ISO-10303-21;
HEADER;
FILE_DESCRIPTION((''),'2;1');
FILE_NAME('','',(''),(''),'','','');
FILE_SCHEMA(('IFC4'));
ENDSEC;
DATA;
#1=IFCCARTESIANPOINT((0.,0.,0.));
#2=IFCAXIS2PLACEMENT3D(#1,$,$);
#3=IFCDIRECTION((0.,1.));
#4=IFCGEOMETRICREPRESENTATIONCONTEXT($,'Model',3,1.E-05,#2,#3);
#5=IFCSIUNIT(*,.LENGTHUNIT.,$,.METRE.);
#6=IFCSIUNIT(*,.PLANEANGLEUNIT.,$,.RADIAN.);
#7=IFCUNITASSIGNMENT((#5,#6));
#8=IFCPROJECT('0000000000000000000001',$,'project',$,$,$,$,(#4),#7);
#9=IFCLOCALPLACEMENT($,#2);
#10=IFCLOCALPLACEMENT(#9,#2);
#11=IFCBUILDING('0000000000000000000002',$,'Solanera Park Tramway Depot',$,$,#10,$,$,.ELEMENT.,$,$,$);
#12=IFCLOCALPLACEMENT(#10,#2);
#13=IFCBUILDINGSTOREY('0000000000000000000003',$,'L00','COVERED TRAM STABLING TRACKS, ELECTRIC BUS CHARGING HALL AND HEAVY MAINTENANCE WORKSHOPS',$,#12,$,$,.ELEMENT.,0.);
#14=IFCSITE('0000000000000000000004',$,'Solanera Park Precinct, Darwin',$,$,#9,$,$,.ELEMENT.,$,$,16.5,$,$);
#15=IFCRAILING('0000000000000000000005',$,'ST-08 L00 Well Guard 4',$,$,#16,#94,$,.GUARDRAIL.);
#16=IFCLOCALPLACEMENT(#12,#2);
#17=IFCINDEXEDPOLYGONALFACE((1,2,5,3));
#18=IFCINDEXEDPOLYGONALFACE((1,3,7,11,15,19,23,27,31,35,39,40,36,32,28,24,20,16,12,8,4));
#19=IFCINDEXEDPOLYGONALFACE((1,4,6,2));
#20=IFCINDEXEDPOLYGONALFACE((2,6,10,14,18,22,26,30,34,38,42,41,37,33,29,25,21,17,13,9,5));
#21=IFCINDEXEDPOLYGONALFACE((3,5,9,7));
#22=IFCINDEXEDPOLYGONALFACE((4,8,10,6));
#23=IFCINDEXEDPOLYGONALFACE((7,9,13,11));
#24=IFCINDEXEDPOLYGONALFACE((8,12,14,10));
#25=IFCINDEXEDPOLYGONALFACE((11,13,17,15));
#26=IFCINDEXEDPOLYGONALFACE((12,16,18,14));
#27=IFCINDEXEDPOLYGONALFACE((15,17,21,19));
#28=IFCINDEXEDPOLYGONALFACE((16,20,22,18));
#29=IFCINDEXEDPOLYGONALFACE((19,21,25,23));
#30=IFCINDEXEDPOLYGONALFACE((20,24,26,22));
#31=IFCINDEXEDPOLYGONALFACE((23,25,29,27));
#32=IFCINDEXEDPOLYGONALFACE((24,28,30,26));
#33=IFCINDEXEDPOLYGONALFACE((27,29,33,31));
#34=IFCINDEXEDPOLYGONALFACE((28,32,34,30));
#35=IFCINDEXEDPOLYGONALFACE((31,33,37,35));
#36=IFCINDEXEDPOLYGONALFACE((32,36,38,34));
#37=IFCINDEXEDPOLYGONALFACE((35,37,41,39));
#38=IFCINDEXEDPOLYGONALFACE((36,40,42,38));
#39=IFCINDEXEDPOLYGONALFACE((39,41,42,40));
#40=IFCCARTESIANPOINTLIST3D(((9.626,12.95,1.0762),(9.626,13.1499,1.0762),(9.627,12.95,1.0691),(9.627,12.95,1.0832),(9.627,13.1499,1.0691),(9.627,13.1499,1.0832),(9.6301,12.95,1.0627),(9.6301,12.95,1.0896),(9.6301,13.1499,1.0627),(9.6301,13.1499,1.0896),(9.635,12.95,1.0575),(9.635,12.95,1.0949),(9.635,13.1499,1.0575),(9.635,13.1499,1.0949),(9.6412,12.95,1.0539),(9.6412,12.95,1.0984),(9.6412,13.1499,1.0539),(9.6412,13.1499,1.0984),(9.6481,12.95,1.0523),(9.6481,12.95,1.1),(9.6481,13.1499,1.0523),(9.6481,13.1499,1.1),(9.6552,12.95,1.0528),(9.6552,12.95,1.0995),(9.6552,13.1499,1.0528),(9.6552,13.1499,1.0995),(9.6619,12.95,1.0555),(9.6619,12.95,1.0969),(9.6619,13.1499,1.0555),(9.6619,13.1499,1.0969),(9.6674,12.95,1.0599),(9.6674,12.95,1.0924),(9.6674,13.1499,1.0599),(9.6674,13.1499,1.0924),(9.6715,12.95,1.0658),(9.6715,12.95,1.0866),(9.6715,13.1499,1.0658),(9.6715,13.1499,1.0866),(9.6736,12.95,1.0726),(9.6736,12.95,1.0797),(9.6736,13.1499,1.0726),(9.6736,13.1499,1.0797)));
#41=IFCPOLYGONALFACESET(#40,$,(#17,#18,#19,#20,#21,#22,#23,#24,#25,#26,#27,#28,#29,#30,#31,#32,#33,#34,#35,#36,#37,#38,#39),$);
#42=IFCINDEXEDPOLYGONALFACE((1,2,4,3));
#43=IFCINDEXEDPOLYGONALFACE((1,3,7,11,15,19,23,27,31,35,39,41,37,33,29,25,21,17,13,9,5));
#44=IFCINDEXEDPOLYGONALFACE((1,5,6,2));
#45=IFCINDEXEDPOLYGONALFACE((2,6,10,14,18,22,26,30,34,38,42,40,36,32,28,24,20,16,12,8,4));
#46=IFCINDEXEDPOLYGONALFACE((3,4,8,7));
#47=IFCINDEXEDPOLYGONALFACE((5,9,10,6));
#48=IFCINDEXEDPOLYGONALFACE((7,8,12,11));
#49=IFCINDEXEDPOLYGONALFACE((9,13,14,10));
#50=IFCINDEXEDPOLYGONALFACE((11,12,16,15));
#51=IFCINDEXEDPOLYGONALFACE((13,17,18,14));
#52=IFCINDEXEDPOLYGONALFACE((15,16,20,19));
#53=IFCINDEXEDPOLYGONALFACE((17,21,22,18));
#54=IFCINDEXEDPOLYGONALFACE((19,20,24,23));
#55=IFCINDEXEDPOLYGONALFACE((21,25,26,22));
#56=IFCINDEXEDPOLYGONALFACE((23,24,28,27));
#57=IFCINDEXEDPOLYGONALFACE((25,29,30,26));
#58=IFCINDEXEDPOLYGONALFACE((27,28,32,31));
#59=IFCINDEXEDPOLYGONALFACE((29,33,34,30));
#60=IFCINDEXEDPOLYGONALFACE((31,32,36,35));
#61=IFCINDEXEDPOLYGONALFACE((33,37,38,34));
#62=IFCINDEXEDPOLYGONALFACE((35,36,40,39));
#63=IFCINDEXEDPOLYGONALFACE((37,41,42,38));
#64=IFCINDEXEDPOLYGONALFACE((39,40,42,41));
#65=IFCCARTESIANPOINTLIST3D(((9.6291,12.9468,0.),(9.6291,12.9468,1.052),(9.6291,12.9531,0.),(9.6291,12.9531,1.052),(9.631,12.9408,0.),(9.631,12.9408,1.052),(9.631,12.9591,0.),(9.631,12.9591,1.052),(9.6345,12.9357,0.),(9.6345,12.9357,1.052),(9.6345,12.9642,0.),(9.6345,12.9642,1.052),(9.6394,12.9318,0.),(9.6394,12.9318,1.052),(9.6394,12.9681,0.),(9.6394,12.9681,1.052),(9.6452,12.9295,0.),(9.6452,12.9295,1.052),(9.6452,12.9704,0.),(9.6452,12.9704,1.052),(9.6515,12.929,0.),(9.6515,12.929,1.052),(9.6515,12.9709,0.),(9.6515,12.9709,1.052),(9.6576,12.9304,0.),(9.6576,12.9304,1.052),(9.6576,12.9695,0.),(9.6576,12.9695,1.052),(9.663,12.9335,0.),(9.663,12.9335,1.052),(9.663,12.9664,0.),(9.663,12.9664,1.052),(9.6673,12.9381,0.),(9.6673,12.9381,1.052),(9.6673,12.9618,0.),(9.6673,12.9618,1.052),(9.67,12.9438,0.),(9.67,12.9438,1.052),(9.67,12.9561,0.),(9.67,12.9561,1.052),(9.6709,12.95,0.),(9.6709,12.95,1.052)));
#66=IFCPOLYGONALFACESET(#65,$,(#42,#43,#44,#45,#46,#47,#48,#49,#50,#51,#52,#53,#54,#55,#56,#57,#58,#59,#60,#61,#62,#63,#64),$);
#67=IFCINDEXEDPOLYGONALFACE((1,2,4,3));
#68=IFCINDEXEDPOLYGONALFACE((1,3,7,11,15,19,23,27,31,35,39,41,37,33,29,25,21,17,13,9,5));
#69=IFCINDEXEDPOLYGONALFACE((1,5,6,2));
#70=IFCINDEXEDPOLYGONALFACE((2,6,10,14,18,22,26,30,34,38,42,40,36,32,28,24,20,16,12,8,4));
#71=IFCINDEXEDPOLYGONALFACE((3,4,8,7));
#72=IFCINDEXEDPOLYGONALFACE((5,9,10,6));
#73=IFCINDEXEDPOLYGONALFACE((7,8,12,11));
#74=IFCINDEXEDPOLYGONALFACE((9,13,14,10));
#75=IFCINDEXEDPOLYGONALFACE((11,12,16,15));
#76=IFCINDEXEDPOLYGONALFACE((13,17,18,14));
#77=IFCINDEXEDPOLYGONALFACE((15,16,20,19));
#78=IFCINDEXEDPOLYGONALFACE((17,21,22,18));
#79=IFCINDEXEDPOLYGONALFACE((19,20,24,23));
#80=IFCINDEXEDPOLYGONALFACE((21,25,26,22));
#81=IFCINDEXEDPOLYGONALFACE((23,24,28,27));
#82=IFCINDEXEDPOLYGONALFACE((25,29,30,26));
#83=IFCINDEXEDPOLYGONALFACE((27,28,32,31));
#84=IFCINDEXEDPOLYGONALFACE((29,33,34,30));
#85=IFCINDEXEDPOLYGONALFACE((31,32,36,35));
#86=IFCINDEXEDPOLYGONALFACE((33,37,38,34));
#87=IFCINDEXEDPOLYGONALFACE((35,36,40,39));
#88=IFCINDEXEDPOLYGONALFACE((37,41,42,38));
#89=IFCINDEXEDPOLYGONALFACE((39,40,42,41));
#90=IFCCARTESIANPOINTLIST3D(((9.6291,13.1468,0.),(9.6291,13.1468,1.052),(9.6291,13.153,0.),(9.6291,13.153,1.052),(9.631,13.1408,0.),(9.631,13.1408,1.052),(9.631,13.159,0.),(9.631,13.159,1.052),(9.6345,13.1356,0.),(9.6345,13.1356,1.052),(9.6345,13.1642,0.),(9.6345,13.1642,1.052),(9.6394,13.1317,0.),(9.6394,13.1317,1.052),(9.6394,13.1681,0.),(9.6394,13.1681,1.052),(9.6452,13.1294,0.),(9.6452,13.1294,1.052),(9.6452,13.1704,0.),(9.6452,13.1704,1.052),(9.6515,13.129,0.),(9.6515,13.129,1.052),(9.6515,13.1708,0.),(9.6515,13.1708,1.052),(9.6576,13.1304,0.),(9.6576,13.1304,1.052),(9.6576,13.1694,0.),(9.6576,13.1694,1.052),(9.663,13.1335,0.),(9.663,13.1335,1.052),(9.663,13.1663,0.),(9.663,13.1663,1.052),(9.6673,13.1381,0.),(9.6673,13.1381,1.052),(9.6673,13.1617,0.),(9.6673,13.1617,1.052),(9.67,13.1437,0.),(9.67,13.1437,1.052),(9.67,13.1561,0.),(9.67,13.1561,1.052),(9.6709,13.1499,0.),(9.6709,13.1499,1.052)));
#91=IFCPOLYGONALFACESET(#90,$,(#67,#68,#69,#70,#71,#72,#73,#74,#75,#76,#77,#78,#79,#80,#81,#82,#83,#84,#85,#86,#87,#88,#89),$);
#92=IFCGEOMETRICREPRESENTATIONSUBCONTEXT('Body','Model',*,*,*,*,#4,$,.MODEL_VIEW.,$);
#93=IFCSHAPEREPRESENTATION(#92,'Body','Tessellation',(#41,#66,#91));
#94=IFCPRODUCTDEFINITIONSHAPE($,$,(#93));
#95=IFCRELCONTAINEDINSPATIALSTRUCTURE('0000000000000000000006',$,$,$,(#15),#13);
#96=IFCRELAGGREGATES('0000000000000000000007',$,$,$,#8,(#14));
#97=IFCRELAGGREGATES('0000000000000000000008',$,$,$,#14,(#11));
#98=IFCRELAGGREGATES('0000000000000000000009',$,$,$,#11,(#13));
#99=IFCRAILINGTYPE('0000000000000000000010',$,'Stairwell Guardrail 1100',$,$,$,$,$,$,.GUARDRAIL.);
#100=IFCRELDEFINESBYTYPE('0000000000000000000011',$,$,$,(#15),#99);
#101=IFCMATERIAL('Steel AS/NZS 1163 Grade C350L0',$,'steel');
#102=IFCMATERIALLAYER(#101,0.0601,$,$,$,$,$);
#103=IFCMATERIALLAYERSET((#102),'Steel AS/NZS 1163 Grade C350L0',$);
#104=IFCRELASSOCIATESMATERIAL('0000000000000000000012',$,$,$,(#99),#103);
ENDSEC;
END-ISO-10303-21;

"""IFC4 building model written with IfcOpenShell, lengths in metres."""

from ifc_helpers import new_model, si_unit, direction, frame, origin, origin_2d, place, context, subcontext, project, spatial, circle, extrude, material, layer, layer_set, type_object, element, save


model = new_model("IFC4")

# Units and contexts
model_context = context("Model", 3, precision=1e-05, world=origin(), true_north=direction((0.0, 1.0)))
body_context = subcontext(model_context, "Body", "Model", "MODEL_VIEW")
ifc_project = project(units=[si_unit("LENGTHUNIT", "METRE"), si_unit("PLANEANGLEUNIT", "RADIAN")], contexts=[model_context])

# Site, building, storey
site_placement = place(None, origin())
site = spatial("IfcSite", under=ifc_project, at=site_placement, Name="Solanera Park Precinct, Darwin", CompositionType="ELEMENT", RefElevation=16.5)
building_placement = place(site_placement, origin())
building = spatial("IfcBuilding", under=site, at=building_placement, Name="Solanera Park Tramway Depot", CompositionType="ELEMENT")
storey_placement = place(building_placement, origin())
storey = spatial("IfcBuildingStorey", under=building, at=storey_placement, Name="L00", Description="COVERED TRAM STABLING TRACKS, ELECTRIC BUS CHARGING HALL AND HEAVY MAINTENANCE WORKSHOPS", CompositionType="ELEMENT", Elevation=0.0)

# Railing
ifc_material_1 = material(Name="Steel AS/NZS 1163 Grade C350L0", Category="steel")
ifc_layer_1 = layer(ifc_material_1, 0.0601)
ifc_layer_set_1 = layer_set([ifc_layer_1], Name="Steel AS/NZS 1163 Grade C350L0")
railing_type_1 = type_object("IfcRailingType", Name="Stairwell Guardrail 1100", PredefinedType="GUARDRAIL", material=ifc_layer_set_1)
railing_1_placement = place(storey_placement, frame((9.6499, 12.95, 0.0)))
element("IfcRailing", 1, at=railing_1_placement, inside=storey, type_object=railing_type_1, Name="ST-08 L00 Well Guard 4", PredefinedType="GUARDRAIL", context=body_context, shape_type="SweptSolid", body=[
    extrude(circle(Radius=0.0239, at=origin_2d()), frame((0.0, 0.0, 1.0762), z_axis=(0.0, 1.0, 0.0), x_axis=(-1.0, 0.0, 0.0)), (0.0, 0.0, 1.0), 0.2),
    extrude(circle(Radius=0.021, at=origin_2d()), origin(), (0.0, 0.0, 1.0), 1.052),
    extrude(circle(Radius=0.021, at=origin_2d()), frame((0.0, 0.2, 0.0)), (0.0, 0.0, 1.0), 1.052),
])

save(model, "model.ifc")
